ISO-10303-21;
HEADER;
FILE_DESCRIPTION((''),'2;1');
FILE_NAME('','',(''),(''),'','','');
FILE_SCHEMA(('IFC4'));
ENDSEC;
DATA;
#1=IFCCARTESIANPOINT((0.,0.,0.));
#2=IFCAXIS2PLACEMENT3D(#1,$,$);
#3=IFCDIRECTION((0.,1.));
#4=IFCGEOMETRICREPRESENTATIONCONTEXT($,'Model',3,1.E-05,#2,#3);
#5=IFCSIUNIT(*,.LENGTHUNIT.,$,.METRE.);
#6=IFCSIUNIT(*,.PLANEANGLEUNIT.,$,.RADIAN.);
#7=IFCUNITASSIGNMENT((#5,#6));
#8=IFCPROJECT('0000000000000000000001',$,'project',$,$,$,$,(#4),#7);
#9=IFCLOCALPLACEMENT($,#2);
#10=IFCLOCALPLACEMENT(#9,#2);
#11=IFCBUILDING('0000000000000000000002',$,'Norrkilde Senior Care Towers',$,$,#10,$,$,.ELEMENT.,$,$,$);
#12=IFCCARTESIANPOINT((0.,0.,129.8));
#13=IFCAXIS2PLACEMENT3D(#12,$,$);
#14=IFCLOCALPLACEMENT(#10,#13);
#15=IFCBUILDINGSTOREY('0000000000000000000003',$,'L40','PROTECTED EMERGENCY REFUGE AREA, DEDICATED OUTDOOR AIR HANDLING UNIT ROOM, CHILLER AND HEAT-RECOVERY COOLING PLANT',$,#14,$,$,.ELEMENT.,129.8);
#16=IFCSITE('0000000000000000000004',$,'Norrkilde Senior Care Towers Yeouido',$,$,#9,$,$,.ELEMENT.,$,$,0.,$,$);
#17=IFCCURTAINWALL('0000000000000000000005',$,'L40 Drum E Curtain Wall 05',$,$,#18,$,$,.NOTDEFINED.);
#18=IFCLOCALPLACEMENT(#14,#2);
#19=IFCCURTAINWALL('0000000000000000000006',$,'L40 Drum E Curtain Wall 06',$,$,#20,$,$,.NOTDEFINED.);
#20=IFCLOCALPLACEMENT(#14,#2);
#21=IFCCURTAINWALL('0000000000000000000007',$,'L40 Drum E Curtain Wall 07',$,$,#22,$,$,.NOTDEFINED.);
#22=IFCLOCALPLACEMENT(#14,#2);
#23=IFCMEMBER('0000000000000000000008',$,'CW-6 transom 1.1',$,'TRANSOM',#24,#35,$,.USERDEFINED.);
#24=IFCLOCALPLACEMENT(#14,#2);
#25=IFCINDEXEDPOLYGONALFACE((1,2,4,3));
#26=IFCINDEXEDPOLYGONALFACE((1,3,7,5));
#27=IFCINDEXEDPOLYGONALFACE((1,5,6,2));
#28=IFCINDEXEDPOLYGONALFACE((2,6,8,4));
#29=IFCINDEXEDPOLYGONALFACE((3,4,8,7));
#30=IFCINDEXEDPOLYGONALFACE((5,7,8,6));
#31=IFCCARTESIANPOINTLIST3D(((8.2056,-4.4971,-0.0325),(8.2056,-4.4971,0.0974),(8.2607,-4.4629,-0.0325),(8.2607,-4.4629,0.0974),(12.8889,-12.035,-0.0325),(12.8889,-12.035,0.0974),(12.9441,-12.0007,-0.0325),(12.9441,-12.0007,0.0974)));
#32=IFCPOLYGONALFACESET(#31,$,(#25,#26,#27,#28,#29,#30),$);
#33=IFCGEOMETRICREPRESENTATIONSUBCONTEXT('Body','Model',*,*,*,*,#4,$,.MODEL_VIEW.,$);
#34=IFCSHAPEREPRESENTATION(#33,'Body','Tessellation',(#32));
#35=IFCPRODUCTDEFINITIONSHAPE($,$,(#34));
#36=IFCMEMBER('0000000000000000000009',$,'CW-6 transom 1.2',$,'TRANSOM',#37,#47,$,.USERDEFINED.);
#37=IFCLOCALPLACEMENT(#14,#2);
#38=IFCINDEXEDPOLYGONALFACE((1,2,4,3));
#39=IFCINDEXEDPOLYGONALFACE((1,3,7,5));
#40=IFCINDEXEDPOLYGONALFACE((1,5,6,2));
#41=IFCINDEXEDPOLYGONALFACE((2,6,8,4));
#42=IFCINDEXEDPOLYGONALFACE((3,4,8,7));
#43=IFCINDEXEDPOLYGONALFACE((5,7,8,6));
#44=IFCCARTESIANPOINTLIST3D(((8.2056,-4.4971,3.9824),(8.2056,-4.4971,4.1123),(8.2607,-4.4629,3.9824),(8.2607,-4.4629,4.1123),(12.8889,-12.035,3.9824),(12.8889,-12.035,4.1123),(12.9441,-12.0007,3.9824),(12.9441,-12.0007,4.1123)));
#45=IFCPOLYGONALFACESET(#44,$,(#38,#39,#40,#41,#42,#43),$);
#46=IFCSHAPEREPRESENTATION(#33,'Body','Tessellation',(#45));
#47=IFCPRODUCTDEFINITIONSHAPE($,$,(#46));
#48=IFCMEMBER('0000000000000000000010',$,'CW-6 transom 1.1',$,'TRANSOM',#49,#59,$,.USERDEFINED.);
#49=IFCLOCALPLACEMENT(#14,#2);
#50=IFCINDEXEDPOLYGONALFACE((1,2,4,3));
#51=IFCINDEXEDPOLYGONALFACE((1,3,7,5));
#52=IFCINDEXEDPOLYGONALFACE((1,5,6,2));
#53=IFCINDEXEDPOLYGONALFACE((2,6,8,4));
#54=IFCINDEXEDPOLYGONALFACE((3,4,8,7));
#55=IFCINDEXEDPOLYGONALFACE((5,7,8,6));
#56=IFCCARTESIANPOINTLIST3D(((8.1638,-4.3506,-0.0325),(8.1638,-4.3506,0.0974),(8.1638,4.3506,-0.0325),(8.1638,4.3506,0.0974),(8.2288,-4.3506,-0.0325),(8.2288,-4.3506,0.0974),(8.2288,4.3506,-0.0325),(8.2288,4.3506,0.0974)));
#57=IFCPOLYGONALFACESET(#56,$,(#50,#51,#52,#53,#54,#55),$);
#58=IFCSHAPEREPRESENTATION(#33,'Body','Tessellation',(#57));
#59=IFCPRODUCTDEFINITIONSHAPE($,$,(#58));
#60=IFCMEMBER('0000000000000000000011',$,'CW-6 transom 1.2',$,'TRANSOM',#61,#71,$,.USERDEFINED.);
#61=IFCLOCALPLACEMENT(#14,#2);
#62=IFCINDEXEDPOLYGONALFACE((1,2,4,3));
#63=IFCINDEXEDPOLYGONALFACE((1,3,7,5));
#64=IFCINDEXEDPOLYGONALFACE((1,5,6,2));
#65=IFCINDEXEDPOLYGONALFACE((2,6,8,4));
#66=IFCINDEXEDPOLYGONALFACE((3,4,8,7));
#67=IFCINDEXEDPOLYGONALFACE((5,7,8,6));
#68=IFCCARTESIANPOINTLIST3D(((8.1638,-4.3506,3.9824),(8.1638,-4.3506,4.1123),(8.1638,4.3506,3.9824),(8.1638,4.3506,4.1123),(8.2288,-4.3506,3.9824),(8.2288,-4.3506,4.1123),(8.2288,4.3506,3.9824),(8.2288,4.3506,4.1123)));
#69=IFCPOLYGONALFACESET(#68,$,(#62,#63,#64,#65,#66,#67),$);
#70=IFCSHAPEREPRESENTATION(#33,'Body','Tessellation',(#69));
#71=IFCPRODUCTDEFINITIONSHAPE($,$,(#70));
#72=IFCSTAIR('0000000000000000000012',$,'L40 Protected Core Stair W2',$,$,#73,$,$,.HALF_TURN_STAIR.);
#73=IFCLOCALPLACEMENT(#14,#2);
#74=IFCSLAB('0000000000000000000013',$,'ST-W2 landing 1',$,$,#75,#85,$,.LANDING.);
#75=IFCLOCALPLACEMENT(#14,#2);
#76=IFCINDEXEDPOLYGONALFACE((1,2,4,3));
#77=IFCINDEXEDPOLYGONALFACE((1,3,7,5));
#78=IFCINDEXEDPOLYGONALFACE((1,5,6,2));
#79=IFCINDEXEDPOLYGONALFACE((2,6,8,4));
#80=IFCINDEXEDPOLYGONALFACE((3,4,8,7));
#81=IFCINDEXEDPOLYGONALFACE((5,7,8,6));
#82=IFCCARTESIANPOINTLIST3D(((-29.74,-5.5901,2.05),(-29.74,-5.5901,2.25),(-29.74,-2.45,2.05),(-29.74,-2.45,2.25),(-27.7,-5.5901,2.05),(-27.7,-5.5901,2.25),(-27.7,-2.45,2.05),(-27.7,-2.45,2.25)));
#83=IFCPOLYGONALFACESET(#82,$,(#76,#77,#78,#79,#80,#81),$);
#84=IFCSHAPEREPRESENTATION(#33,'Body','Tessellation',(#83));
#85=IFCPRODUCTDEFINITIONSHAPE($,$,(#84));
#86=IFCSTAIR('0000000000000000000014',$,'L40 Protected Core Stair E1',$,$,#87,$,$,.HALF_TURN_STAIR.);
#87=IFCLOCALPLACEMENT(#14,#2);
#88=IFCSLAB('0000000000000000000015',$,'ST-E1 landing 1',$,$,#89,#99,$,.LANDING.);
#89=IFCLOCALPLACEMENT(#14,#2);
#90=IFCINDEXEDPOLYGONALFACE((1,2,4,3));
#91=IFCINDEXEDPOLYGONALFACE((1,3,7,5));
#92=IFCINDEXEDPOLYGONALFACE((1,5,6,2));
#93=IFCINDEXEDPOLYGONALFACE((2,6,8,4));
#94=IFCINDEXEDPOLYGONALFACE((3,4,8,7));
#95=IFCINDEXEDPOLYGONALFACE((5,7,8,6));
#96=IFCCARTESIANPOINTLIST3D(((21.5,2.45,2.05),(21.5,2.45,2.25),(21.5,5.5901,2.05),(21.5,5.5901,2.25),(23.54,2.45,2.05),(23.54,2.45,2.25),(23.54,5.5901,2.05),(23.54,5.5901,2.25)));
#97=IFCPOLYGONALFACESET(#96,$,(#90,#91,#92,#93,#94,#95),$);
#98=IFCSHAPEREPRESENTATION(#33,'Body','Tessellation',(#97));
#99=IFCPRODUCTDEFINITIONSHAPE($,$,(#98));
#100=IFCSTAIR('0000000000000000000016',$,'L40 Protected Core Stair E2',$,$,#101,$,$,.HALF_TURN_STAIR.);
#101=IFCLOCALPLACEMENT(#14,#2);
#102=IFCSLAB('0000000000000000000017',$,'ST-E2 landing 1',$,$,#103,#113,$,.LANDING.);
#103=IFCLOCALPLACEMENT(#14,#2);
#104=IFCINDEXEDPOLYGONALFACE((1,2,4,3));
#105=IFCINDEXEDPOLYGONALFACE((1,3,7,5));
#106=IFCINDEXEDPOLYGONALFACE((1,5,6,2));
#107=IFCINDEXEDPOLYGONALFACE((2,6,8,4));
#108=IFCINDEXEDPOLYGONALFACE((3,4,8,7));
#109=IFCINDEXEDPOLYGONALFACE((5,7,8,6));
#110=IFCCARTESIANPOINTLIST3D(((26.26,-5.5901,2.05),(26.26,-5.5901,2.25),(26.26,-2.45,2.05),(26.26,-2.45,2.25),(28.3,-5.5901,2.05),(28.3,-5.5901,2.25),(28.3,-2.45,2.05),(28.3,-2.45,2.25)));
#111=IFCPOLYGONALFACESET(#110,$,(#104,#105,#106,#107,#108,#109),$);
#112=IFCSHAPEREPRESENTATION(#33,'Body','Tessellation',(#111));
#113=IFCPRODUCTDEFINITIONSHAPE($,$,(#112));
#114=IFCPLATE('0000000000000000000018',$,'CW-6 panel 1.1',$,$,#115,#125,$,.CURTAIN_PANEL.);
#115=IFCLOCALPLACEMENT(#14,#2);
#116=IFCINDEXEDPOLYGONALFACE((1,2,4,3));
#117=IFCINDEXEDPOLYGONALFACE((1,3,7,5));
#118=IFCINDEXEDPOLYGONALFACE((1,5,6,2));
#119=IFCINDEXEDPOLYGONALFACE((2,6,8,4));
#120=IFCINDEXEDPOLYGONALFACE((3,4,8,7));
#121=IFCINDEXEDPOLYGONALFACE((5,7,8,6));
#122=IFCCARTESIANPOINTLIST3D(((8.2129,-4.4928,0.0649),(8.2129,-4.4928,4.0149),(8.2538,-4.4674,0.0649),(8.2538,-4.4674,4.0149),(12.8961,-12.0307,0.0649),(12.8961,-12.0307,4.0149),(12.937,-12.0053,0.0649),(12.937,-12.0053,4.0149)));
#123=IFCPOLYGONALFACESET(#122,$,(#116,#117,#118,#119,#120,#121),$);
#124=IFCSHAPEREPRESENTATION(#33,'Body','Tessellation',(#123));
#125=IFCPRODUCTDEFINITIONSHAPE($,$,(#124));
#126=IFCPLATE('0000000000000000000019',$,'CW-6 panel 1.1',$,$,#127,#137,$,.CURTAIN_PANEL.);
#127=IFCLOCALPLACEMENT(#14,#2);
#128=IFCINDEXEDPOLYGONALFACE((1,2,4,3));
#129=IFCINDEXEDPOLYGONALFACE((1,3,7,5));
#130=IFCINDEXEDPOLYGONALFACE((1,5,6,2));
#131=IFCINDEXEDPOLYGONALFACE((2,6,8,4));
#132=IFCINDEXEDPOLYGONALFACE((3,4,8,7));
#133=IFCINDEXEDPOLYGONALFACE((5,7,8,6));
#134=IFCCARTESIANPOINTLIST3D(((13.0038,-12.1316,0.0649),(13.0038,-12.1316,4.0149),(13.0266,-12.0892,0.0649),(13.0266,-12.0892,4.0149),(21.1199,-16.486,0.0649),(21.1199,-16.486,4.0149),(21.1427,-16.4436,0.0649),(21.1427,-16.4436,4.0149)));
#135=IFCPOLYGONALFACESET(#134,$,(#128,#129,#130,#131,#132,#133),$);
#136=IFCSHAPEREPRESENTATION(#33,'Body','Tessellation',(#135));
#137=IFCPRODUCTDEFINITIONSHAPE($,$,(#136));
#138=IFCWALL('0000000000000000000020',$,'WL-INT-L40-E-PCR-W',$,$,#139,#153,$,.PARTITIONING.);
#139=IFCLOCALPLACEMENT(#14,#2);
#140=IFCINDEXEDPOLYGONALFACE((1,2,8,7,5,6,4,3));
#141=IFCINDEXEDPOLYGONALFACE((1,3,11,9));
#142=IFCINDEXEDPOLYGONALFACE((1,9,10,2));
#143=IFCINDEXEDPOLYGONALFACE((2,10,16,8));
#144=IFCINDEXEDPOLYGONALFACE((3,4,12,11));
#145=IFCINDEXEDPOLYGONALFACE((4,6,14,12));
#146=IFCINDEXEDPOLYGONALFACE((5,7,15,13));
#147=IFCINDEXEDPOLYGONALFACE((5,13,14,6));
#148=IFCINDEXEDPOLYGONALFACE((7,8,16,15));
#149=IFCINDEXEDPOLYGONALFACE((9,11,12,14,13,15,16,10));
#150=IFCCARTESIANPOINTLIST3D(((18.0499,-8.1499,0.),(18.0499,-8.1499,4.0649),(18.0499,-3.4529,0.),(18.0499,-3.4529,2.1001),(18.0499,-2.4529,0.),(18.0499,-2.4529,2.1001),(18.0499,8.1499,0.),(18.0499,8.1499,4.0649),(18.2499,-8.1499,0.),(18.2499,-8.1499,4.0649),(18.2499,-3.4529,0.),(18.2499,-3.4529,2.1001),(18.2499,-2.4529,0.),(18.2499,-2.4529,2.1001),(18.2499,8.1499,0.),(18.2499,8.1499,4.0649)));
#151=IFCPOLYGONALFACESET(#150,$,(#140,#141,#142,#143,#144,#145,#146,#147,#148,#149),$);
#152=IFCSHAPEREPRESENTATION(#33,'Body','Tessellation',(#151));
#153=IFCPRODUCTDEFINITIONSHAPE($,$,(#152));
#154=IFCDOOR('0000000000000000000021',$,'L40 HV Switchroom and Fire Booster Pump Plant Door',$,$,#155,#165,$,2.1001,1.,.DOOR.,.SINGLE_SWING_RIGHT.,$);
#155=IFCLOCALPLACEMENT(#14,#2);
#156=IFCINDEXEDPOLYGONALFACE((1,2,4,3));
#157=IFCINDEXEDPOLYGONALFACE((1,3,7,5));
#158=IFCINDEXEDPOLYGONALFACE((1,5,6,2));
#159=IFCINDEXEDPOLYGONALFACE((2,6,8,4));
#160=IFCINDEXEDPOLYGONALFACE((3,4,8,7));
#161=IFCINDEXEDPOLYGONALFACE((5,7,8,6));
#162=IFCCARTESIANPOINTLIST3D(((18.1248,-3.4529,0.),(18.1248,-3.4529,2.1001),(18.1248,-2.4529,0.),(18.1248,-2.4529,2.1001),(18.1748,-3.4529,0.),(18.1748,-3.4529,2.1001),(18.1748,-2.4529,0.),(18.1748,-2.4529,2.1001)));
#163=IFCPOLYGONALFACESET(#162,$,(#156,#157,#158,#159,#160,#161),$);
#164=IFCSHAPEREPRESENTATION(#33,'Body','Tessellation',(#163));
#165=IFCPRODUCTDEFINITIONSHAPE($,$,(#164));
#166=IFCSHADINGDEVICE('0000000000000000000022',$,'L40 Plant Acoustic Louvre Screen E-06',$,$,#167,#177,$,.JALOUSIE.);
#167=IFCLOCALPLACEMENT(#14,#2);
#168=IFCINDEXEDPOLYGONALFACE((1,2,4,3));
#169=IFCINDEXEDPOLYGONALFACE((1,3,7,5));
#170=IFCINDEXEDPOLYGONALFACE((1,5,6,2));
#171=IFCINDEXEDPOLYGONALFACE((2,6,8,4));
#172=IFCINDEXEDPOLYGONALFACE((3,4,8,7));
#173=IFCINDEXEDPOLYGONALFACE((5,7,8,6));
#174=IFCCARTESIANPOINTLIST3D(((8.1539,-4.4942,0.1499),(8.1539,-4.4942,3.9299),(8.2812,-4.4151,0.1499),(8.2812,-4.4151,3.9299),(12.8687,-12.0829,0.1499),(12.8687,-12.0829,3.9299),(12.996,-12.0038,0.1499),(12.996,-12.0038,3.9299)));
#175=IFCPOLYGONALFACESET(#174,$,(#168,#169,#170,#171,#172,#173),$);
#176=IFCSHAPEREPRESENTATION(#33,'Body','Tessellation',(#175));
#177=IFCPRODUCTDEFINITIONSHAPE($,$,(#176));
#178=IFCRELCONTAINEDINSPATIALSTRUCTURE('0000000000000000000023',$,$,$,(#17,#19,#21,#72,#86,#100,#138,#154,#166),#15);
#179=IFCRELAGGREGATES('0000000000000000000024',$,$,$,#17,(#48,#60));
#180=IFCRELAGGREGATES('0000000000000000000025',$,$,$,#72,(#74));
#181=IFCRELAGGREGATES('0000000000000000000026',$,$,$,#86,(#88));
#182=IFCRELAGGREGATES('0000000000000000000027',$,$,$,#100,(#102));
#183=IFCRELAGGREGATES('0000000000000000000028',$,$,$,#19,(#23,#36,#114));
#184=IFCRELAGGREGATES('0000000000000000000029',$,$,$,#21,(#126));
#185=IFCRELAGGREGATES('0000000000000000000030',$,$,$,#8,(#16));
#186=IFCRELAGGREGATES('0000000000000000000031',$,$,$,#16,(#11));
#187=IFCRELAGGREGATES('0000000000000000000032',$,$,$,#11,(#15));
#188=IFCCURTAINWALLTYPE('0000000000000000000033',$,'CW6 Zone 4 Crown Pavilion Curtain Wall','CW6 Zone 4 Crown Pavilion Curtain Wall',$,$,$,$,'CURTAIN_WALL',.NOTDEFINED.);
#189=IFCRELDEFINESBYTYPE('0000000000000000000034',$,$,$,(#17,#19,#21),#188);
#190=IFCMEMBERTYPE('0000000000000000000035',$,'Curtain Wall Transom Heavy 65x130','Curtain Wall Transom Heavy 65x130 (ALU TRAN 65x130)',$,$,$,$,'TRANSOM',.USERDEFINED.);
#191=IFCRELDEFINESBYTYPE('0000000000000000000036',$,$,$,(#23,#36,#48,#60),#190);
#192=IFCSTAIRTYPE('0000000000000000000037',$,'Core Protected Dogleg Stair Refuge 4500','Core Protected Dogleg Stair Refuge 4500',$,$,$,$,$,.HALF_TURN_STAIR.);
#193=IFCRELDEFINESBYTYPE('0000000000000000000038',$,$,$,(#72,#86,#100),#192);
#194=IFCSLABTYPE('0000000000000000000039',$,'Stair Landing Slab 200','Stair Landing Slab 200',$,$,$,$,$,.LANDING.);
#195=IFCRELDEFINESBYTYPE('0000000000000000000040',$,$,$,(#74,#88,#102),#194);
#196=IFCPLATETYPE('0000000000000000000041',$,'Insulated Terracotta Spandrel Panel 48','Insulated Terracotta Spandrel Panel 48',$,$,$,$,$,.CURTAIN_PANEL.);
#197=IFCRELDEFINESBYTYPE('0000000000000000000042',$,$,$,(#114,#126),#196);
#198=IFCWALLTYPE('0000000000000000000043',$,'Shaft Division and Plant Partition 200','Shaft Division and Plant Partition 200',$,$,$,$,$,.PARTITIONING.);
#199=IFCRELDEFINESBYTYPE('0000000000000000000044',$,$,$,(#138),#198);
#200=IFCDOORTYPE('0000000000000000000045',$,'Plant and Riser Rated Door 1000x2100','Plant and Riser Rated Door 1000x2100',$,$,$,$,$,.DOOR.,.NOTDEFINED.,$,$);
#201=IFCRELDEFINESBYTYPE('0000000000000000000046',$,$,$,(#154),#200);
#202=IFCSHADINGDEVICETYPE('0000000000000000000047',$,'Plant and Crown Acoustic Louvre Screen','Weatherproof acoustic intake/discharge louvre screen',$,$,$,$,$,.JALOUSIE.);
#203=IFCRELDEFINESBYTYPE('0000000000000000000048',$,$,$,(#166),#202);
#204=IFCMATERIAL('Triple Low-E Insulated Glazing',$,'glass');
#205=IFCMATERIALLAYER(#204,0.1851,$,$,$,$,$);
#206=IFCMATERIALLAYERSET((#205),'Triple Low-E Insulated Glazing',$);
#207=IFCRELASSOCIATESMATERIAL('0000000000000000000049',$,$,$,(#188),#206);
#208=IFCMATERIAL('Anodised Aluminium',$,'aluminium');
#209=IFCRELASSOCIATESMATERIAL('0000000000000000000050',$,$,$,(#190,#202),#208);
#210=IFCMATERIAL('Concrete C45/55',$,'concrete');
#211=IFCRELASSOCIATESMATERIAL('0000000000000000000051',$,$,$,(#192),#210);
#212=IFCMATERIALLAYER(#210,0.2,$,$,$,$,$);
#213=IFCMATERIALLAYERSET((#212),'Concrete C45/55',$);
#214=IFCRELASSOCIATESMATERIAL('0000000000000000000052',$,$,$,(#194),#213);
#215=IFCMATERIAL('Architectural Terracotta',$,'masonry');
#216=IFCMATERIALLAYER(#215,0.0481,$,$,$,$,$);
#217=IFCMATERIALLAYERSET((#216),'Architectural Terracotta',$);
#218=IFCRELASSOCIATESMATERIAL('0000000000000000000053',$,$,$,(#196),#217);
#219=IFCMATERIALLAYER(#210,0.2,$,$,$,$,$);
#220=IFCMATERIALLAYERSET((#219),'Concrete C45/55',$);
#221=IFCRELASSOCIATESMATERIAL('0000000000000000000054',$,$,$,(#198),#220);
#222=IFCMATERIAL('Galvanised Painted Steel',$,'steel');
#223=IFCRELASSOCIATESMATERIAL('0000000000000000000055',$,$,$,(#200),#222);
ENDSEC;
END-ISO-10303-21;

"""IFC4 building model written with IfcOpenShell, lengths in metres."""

from ifc_helpers import new_model, si_unit, direction, frame, frame_2d, origin, origin_2d, place, context, subcontext, project, spatial, polyline, rectangle, outline, extrude, source, transform, mapped, material, layer, layer_set, material_profile, profile_set, type_object, type_shapes, element, fill, aggregate, save


model = new_model("IFC4")

# Units and contexts
model_context = context("Model", 3, precision=1e-05, world=origin(), true_north=direction((0.0, 1.0)))
body_context = subcontext(model_context, "Body", "Model", "MODEL_VIEW")
ifc_project = project(units=[si_unit("LENGTHUNIT", "METRE"), si_unit("PLANEANGLEUNIT", "RADIAN")], contexts=[model_context])

# Site, building, storey
site_placement = place(None, origin())
site = spatial("IfcSite", under=ifc_project, at=site_placement, Name="Norrkilde Senior Care Towers Yeouido", CompositionType="ELEMENT", RefElevation=0.0)
building_placement = place(site_placement, origin())
building = spatial("IfcBuilding", under=site, at=building_placement, Name="Norrkilde Senior Care Towers", CompositionType="ELEMENT")
storey_placement = place(building_placement, frame((0.0, 0.0, 129.8)))
storey = spatial("IfcBuildingStorey", under=building, at=storey_placement, Name="L40", Description="PROTECTED EMERGENCY REFUGE AREA, DEDICATED OUTDOOR AIR HANDLING UNIT ROOM, CHILLER AND HEAT-RECOVERY COOLING PLANT", CompositionType="ELEMENT", Elevation=129.8)

# Curtain wall
ifc_material_1 = material(Name="Triple Low-E Insulated Glazing", Category="glass")
ifc_layer_1 = layer(ifc_material_1, 0.1851)
ifc_layer_set_1 = layer_set([ifc_layer_1], Name="Triple Low-E Insulated Glazing")
curtain_wall_type = type_object("IfcCurtainWallType", Name="CW6 Zone 4 Crown Pavilion Curtain Wall", Description="CW6 Zone 4 Crown Pavilion Curtain Wall", ElementType="CURTAIN_WALL", PredefinedType="NOTDEFINED", material=ifc_layer_set_1)
curtain_wall_1_placement = place(storey_placement, origin())
curtain_wall_1 = element("IfcCurtainWall", 1, at=curtain_wall_1_placement, inside=storey, type_object=curtain_wall_type, Name="L40 Drum E Curtain Wall 05", PredefinedType="NOTDEFINED")
ifc_material_2 = material(Name="Anodised Aluminium", Category="aluminium")

# Curtain wall
curtain_wall_2_placement = place(storey_placement, origin())
curtain_wall_2 = element("IfcCurtainWall", 2, at=curtain_wall_2_placement, inside=storey, type_object=curtain_wall_type, Name="L40 Drum E Curtain Wall 06", PredefinedType="NOTDEFINED")

# Curtain wall
curtain_wall_3_placement = place(storey_placement, origin())
curtain_wall_3 = element("IfcCurtainWall", 3, at=curtain_wall_3_placement, inside=storey, type_object=curtain_wall_type, Name="L40 Drum E Curtain Wall 07", PredefinedType="NOTDEFINED")

# Members
ifc_material_profile_1 = material_profile(ifc_material_2, rectangle(XDim=0.0649, YDim=0.1299, at=origin_2d()), Name="ALU TRAN 65x130")
ifc_profile_set_1 = profile_set([ifc_material_profile_1], Name="Anodised Aluminium")
member_type_1 = type_object("IfcMemberType", Name="Curtain Wall Transom Heavy 65x130", Description="Curtain Wall Transom Heavy 65x130 (ALU TRAN 65x130)", ElementType="TRANSOM", PredefinedType="USERDEFINED", material=ifc_profile_set_1)
shared_shape_1 = source(origin(), body_context, "Body", "SweptSolid", [
    extrude(rectangle(XDim=0.0649, YDim=0.1299, at=origin_2d()), origin(), (0.0, 0.0, 1.0), 8.8743),
])
member_1_placement = place(storey_placement, frame((12.9165, -12.0178, 0.0325), z_axis=(-0.527744, 0.849403, 0.0), x_axis=(-0.849403, -0.527744, 0.0)))
member_1 = element("IfcMember", 4, at=member_1_placement, type_object=member_type_1, Name="CW-6 transom 1.1", ObjectType="TRANSOM", PredefinedType="USERDEFINED", context=body_context, shape_type="MappedRepresentation", body=[
    mapped(shared_shape_1, transform((0.0, 0.0, 0.0), x_axis=(1.0, 0.0, 0.0), y_axis=(0.0, 1.0, 0.0), z_axis=(0.0, 0.0, 1.0), scale=1.0)),
])
member_2_placement = place(storey_placement, frame((12.9165, -12.0178, 4.0474), z_axis=(-0.527744, 0.849403, 0.0), x_axis=(-0.849403, -0.527744, 0.0)))
member_2 = element("IfcMember", 5, at=member_2_placement, type_object=member_type_1, Name="CW-6 transom 1.2", ObjectType="TRANSOM", PredefinedType="USERDEFINED", context=body_context, shape_type="MappedRepresentation", body=[
    mapped(shared_shape_1, transform((0.0, 0.0, 0.0), x_axis=(1.0, 0.0, 0.0), y_axis=(0.0, 1.0, 0.0), z_axis=(0.0, 0.0, 1.0), scale=1.0)),
])
shared_shape_2 = source(origin(), body_context, "Body", "SweptSolid", [
    extrude(rectangle(XDim=0.0649, YDim=0.1299, at=origin_2d()), origin(), (0.0, 0.0, 1.0), 8.7012),
])
type_shapes(member_type_1, [shared_shape_1, shared_shape_2])
member_3_placement = place(storey_placement, frame((8.1963, -4.3506, 0.0325), z_axis=(0.0, 1.0, 0.0), x_axis=(-1.0, 0.0, 0.0)))
member_3 = element("IfcMember", 6, at=member_3_placement, type_object=member_type_1, Name="CW-6 transom 1.1", ObjectType="TRANSOM", PredefinedType="USERDEFINED", context=body_context, shape_type="MappedRepresentation", body=[
    mapped(shared_shape_2, transform((0.0, 0.0, 0.0), x_axis=(1.0, 0.0, 0.0), y_axis=(0.0, 1.0, 0.0), z_axis=(0.0, 0.0, 1.0), scale=1.0)),
])
member_4_placement = place(storey_placement, frame((8.1963, -4.3506, 4.0474), z_axis=(0.0, 1.0, 0.0), x_axis=(-1.0, 0.0, 0.0)))
member_4 = element("IfcMember", 7, at=member_4_placement, type_object=member_type_1, Name="CW-6 transom 1.2", ObjectType="TRANSOM", PredefinedType="USERDEFINED", context=body_context, shape_type="MappedRepresentation", body=[
    mapped(shared_shape_2, transform((0.0, 0.0, 0.0), x_axis=(1.0, 0.0, 0.0), y_axis=(0.0, 1.0, 0.0), z_axis=(0.0, 0.0, 1.0), scale=1.0)),
])
aggregate(curtain_wall_1, [member_3, member_4])

# Stairs, slabs
ifc_material_3 = material(Name="Concrete C45/55", Category="concrete")
stair_type = type_object("IfcStairType", Name="Core Protected Dogleg Stair Refuge 4500", Description="Core Protected Dogleg Stair Refuge 4500", PredefinedType="HALF_TURN_STAIR", material=ifc_material_3)
stair_1_placement = place(storey_placement, origin())
stair_1 = element("IfcStair", 8, at=stair_1_placement, inside=storey, type_object=stair_type, Name="L40 Protected Core Stair W2", PredefinedType="HALF_TURN_STAIR")
ifc_layer_2 = layer(ifc_material_3, 0.2)
ifc_layer_set_2 = layer_set([ifc_layer_2], Name="Concrete C45/55")
slab_type = type_object("IfcSlabType", Name="Stair Landing Slab 200", Description="Stair Landing Slab 200", PredefinedType="LANDING", material=ifc_layer_set_2)
slab_1_placement = place(storey_placement, frame((0.0, 0.0, 2.05)))
slab_1 = element("IfcSlab", 9, at=slab_1_placement, type_object=slab_type, Name="ST-W2 landing 1", PredefinedType="LANDING", context=body_context, shape_type="SweptSolid", body=[
    extrude(outline(polyline([(-29.74, -5.5901), (-27.7, -5.5901), (-27.7, -2.45), (-29.74, -2.45), (-29.74, -5.5901)])), origin(), (0.0, 0.0, 1.0), 0.2),
])
aggregate(stair_1, [slab_1])
stair_2_placement = place(storey_placement, origin())
stair_2 = element("IfcStair", 10, at=stair_2_placement, inside=storey, type_object=stair_type, Name="L40 Protected Core Stair E1", PredefinedType="HALF_TURN_STAIR")
slab_2_placement = place(storey_placement, frame((0.0, 0.0, 2.05)))
slab_2 = element("IfcSlab", 11, at=slab_2_placement, type_object=slab_type, Name="ST-E1 landing 1", PredefinedType="LANDING", context=body_context, shape_type="SweptSolid", body=[
    extrude(outline(polyline([(23.54, 5.5901), (21.5, 5.5901), (21.5, 2.45), (23.54, 2.45), (23.54, 5.5901)])), origin(), (0.0, 0.0, 1.0), 0.2),
])
aggregate(stair_2, [slab_2])
stair_3_placement = place(storey_placement, origin())
stair_3 = element("IfcStair", 12, at=stair_3_placement, inside=storey, type_object=stair_type, Name="L40 Protected Core Stair E2", PredefinedType="HALF_TURN_STAIR")
slab_3_placement = place(storey_placement, frame((0.0, 0.0, 2.05)))
slab_3 = element("IfcSlab", 13, at=slab_3_placement, type_object=slab_type, Name="ST-E2 landing 1", PredefinedType="LANDING", context=body_context, shape_type="SweptSolid", body=[
    extrude(outline(polyline([(26.26, -5.5901), (28.3, -5.5901), (28.3, -2.45), (26.26, -2.45), (26.26, -5.5901)])), origin(), (0.0, 0.0, 1.0), 0.2),
])
aggregate(stair_3, [slab_3])

# Plates
ifc_material_4 = material(Name="Architectural Terracotta", Category="masonry")
ifc_layer_3 = layer(ifc_material_4, 0.0481)
ifc_layer_set_3 = layer_set([ifc_layer_3], Name="Architectural Terracotta")
plate_type = type_object("IfcPlateType", Name="Insulated Terracotta Spandrel Panel 48", Description="Insulated Terracotta Spandrel Panel 48", PredefinedType="CURTAIN_PANEL", material=ifc_layer_set_3)
shared_shape_3 = source(origin(), body_context, "Body", "SweptSolid", [
    extrude(rectangle(XDim=8.8743, YDim=0.0481, at=origin_2d()), origin(), (0.0, 0.0, 1.0), 3.95),
])
plate_1_placement = place(storey_placement, frame((10.575, -8.249, 0.0649), z_axis=(0.0, 0.0, 1.0), x_axis=(-0.527733, 0.84941, 0.0)))
plate_1 = element("IfcPlate", 14, at=plate_1_placement, type_object=plate_type, Name="CW-6 panel 1.1", PredefinedType="CURTAIN_PANEL", context=body_context, shape_type="MappedRepresentation", body=[
    mapped(shared_shape_3, transform((0.0, 0.0, 0.0), x_axis=(1.0, 0.0, 0.0), y_axis=(0.0, 1.0, 0.0), z_axis=(0.0, 0.0, 1.0), scale=1.0)),
])
aggregate(curtain_wall_2, [member_1, member_2, plate_1])
shared_shape_4 = source(origin(), body_context, "Body", "SweptSolid", [
    extrude(rectangle(XDim=9.2104, YDim=0.0481, at=origin_2d()), origin(), (0.0, 0.0, 1.0), 3.95),
])
type_shapes(plate_type, [shared_shape_3, shared_shape_4])
plate_2_placement = place(storey_placement, frame((17.0732, -14.2876, 0.0649), z_axis=(0.0, 0.0, 1.0), x_axis=(-0.881186, 0.472769, 0.0)))
plate_2 = element("IfcPlate", 15, at=plate_2_placement, type_object=plate_type, Name="CW-6 panel 1.1", PredefinedType="CURTAIN_PANEL", context=body_context, shape_type="MappedRepresentation", body=[
    mapped(shared_shape_4, transform((0.0, 0.0, 0.0), x_axis=(1.0, 0.0, 0.0), y_axis=(0.0, 1.0, 0.0), z_axis=(0.0, 0.0, 1.0), scale=1.0)),
])
aggregate(curtain_wall_3, [plate_2])

# Wall, opening, door
ifc_layer_4 = layer(ifc_material_3, 0.2)
ifc_layer_set_4 = layer_set([ifc_layer_4], Name="Concrete C45/55")
wall_type = type_object("IfcWallType", Name="Shaft Division and Plant Partition 200", Description="Shaft Division and Plant Partition 200", PredefinedType="PARTITIONING", material=ifc_layer_set_4)
shared_shape_5 = source(origin(), body_context, "Body", "SweptSolid", [
    extrude(rectangle(XDim=16.2998, YDim=0.2, at=frame_2d((8.1499, 0.0))), origin(), (0.0, 0.0, 1.0), 4.0649),
])
type_shapes(wall_type, [shared_shape_5])
wall_placement = place(storey_placement, frame((18.1499, -8.1499, 0.0), z_axis=(0.0, 0.0, 1.0), x_axis=(0.0, 1.0, 0.0)))
wall = element("IfcWall", 16, at=wall_placement, inside=storey, type_object=wall_type, Name="WL-INT-L40-E-PCR-W", PredefinedType="PARTITIONING", context=body_context, shape_type="MappedRepresentation", body=[
    mapped(shared_shape_5, transform((0.0, 0.0, 0.0), x_axis=(1.0, 0.0, 0.0), y_axis=(0.0, 1.0, 0.0), z_axis=(0.0, 0.0, 1.0), scale=1.0)),
])
opening_placement = place(wall_placement, frame((4.697, 0.0, 0.0)))
opening = element("IfcOpeningElement", 17, at=opening_placement, cuts=wall, PredefinedType="OPENING", context=body_context, shape_type="SweptSolid", body=[
    extrude(rectangle(XDim=1.0, YDim=2.1001, at=frame_2d((0.5, 1.05))), frame((0.0, 0.1099, 0.0), z_axis=(0.0, -1.0, 0.0), x_axis=(1.0, 0.0, 0.0)), (0.0, 0.0, 1.0), 0.22),
])
ifc_material_5 = material(Name="Galvanised Painted Steel", Category="steel")
door_type = type_object("IfcDoorType", Name="Plant and Riser Rated Door 1000x2100", Description="Plant and Riser Rated Door 1000x2100", OperationType="NOTDEFINED", PredefinedType="DOOR", material=ifc_material_5)
shared_shape_6 = source(origin(), body_context, "Body", "SweptSolid", [
    extrude(rectangle(XDim=1.0, YDim=2.1001, at=frame_2d((0.5, 1.05))), frame((0.0, 0.0249, 0.0), z_axis=(0.0, -1.0, 0.0), x_axis=(1.0, 0.0, 0.0)), (0.0, 0.0, 1.0), 0.05),
])
type_shapes(door_type, [shared_shape_6])
door_placement = place(opening_placement, frame((1.0, 0.0, 0.0), z_axis=(0.0, 0.0, 1.0), x_axis=(-1.0, 0.0, 0.0)))
door = element("IfcDoor", 18, at=door_placement, inside=storey, type_object=door_type, Name="L40 HV Switchroom and Fire Booster Pump Plant Door", OperationType="SINGLE_SWING_RIGHT", OverallHeight=2.1001, OverallWidth=1.0, PredefinedType="DOOR", context=body_context, shape_type="MappedRepresentation", body=[
    mapped(shared_shape_6, transform((0.0, 0.0, 0.0), x_axis=(1.0, 0.0, 0.0), y_axis=(0.0, 1.0, 0.0), z_axis=(0.0, 0.0, 1.0), scale=1.0)),
])
fill(opening, door)

# Shading device
shading_device_type = type_object("IfcShadingDeviceType", Name="Plant and Crown Acoustic Louvre Screen", Description="Weatherproof acoustic intake/discharge louvre screen", PredefinedType="JALOUSIE", material=ifc_material_2)
shared_shape_7 = source(origin(), body_context, "Body", "SweptSolid", [
    extrude(rectangle(XDim=8.9341, YDim=0.1499, at=origin_2d()), origin(), (0.0, 0.0, 1.0), 3.78),
])
type_shapes(shading_device_type, [shared_shape_7])
shading_device_placement = place(storey_placement, frame((10.575, -8.249, 0.1499), z_axis=(0.0, 0.0, 1.0), x_axis=(-0.527733, 0.84941, 0.0)))
element("IfcShadingDevice", 19, at=shading_device_placement, inside=storey, type_object=shading_device_type, Name="L40 Plant Acoustic Louvre Screen E-06", PredefinedType="JALOUSIE", context=body_context, shape_type="MappedRepresentation", body=[
    mapped(shared_shape_7, transform((0.0, 0.0, 0.0), x_axis=(1.0, 0.0, 0.0), y_axis=(0.0, 1.0, 0.0), z_axis=(0.0, 0.0, 1.0), scale=1.0)),
])

save(model, "model.ifc")
